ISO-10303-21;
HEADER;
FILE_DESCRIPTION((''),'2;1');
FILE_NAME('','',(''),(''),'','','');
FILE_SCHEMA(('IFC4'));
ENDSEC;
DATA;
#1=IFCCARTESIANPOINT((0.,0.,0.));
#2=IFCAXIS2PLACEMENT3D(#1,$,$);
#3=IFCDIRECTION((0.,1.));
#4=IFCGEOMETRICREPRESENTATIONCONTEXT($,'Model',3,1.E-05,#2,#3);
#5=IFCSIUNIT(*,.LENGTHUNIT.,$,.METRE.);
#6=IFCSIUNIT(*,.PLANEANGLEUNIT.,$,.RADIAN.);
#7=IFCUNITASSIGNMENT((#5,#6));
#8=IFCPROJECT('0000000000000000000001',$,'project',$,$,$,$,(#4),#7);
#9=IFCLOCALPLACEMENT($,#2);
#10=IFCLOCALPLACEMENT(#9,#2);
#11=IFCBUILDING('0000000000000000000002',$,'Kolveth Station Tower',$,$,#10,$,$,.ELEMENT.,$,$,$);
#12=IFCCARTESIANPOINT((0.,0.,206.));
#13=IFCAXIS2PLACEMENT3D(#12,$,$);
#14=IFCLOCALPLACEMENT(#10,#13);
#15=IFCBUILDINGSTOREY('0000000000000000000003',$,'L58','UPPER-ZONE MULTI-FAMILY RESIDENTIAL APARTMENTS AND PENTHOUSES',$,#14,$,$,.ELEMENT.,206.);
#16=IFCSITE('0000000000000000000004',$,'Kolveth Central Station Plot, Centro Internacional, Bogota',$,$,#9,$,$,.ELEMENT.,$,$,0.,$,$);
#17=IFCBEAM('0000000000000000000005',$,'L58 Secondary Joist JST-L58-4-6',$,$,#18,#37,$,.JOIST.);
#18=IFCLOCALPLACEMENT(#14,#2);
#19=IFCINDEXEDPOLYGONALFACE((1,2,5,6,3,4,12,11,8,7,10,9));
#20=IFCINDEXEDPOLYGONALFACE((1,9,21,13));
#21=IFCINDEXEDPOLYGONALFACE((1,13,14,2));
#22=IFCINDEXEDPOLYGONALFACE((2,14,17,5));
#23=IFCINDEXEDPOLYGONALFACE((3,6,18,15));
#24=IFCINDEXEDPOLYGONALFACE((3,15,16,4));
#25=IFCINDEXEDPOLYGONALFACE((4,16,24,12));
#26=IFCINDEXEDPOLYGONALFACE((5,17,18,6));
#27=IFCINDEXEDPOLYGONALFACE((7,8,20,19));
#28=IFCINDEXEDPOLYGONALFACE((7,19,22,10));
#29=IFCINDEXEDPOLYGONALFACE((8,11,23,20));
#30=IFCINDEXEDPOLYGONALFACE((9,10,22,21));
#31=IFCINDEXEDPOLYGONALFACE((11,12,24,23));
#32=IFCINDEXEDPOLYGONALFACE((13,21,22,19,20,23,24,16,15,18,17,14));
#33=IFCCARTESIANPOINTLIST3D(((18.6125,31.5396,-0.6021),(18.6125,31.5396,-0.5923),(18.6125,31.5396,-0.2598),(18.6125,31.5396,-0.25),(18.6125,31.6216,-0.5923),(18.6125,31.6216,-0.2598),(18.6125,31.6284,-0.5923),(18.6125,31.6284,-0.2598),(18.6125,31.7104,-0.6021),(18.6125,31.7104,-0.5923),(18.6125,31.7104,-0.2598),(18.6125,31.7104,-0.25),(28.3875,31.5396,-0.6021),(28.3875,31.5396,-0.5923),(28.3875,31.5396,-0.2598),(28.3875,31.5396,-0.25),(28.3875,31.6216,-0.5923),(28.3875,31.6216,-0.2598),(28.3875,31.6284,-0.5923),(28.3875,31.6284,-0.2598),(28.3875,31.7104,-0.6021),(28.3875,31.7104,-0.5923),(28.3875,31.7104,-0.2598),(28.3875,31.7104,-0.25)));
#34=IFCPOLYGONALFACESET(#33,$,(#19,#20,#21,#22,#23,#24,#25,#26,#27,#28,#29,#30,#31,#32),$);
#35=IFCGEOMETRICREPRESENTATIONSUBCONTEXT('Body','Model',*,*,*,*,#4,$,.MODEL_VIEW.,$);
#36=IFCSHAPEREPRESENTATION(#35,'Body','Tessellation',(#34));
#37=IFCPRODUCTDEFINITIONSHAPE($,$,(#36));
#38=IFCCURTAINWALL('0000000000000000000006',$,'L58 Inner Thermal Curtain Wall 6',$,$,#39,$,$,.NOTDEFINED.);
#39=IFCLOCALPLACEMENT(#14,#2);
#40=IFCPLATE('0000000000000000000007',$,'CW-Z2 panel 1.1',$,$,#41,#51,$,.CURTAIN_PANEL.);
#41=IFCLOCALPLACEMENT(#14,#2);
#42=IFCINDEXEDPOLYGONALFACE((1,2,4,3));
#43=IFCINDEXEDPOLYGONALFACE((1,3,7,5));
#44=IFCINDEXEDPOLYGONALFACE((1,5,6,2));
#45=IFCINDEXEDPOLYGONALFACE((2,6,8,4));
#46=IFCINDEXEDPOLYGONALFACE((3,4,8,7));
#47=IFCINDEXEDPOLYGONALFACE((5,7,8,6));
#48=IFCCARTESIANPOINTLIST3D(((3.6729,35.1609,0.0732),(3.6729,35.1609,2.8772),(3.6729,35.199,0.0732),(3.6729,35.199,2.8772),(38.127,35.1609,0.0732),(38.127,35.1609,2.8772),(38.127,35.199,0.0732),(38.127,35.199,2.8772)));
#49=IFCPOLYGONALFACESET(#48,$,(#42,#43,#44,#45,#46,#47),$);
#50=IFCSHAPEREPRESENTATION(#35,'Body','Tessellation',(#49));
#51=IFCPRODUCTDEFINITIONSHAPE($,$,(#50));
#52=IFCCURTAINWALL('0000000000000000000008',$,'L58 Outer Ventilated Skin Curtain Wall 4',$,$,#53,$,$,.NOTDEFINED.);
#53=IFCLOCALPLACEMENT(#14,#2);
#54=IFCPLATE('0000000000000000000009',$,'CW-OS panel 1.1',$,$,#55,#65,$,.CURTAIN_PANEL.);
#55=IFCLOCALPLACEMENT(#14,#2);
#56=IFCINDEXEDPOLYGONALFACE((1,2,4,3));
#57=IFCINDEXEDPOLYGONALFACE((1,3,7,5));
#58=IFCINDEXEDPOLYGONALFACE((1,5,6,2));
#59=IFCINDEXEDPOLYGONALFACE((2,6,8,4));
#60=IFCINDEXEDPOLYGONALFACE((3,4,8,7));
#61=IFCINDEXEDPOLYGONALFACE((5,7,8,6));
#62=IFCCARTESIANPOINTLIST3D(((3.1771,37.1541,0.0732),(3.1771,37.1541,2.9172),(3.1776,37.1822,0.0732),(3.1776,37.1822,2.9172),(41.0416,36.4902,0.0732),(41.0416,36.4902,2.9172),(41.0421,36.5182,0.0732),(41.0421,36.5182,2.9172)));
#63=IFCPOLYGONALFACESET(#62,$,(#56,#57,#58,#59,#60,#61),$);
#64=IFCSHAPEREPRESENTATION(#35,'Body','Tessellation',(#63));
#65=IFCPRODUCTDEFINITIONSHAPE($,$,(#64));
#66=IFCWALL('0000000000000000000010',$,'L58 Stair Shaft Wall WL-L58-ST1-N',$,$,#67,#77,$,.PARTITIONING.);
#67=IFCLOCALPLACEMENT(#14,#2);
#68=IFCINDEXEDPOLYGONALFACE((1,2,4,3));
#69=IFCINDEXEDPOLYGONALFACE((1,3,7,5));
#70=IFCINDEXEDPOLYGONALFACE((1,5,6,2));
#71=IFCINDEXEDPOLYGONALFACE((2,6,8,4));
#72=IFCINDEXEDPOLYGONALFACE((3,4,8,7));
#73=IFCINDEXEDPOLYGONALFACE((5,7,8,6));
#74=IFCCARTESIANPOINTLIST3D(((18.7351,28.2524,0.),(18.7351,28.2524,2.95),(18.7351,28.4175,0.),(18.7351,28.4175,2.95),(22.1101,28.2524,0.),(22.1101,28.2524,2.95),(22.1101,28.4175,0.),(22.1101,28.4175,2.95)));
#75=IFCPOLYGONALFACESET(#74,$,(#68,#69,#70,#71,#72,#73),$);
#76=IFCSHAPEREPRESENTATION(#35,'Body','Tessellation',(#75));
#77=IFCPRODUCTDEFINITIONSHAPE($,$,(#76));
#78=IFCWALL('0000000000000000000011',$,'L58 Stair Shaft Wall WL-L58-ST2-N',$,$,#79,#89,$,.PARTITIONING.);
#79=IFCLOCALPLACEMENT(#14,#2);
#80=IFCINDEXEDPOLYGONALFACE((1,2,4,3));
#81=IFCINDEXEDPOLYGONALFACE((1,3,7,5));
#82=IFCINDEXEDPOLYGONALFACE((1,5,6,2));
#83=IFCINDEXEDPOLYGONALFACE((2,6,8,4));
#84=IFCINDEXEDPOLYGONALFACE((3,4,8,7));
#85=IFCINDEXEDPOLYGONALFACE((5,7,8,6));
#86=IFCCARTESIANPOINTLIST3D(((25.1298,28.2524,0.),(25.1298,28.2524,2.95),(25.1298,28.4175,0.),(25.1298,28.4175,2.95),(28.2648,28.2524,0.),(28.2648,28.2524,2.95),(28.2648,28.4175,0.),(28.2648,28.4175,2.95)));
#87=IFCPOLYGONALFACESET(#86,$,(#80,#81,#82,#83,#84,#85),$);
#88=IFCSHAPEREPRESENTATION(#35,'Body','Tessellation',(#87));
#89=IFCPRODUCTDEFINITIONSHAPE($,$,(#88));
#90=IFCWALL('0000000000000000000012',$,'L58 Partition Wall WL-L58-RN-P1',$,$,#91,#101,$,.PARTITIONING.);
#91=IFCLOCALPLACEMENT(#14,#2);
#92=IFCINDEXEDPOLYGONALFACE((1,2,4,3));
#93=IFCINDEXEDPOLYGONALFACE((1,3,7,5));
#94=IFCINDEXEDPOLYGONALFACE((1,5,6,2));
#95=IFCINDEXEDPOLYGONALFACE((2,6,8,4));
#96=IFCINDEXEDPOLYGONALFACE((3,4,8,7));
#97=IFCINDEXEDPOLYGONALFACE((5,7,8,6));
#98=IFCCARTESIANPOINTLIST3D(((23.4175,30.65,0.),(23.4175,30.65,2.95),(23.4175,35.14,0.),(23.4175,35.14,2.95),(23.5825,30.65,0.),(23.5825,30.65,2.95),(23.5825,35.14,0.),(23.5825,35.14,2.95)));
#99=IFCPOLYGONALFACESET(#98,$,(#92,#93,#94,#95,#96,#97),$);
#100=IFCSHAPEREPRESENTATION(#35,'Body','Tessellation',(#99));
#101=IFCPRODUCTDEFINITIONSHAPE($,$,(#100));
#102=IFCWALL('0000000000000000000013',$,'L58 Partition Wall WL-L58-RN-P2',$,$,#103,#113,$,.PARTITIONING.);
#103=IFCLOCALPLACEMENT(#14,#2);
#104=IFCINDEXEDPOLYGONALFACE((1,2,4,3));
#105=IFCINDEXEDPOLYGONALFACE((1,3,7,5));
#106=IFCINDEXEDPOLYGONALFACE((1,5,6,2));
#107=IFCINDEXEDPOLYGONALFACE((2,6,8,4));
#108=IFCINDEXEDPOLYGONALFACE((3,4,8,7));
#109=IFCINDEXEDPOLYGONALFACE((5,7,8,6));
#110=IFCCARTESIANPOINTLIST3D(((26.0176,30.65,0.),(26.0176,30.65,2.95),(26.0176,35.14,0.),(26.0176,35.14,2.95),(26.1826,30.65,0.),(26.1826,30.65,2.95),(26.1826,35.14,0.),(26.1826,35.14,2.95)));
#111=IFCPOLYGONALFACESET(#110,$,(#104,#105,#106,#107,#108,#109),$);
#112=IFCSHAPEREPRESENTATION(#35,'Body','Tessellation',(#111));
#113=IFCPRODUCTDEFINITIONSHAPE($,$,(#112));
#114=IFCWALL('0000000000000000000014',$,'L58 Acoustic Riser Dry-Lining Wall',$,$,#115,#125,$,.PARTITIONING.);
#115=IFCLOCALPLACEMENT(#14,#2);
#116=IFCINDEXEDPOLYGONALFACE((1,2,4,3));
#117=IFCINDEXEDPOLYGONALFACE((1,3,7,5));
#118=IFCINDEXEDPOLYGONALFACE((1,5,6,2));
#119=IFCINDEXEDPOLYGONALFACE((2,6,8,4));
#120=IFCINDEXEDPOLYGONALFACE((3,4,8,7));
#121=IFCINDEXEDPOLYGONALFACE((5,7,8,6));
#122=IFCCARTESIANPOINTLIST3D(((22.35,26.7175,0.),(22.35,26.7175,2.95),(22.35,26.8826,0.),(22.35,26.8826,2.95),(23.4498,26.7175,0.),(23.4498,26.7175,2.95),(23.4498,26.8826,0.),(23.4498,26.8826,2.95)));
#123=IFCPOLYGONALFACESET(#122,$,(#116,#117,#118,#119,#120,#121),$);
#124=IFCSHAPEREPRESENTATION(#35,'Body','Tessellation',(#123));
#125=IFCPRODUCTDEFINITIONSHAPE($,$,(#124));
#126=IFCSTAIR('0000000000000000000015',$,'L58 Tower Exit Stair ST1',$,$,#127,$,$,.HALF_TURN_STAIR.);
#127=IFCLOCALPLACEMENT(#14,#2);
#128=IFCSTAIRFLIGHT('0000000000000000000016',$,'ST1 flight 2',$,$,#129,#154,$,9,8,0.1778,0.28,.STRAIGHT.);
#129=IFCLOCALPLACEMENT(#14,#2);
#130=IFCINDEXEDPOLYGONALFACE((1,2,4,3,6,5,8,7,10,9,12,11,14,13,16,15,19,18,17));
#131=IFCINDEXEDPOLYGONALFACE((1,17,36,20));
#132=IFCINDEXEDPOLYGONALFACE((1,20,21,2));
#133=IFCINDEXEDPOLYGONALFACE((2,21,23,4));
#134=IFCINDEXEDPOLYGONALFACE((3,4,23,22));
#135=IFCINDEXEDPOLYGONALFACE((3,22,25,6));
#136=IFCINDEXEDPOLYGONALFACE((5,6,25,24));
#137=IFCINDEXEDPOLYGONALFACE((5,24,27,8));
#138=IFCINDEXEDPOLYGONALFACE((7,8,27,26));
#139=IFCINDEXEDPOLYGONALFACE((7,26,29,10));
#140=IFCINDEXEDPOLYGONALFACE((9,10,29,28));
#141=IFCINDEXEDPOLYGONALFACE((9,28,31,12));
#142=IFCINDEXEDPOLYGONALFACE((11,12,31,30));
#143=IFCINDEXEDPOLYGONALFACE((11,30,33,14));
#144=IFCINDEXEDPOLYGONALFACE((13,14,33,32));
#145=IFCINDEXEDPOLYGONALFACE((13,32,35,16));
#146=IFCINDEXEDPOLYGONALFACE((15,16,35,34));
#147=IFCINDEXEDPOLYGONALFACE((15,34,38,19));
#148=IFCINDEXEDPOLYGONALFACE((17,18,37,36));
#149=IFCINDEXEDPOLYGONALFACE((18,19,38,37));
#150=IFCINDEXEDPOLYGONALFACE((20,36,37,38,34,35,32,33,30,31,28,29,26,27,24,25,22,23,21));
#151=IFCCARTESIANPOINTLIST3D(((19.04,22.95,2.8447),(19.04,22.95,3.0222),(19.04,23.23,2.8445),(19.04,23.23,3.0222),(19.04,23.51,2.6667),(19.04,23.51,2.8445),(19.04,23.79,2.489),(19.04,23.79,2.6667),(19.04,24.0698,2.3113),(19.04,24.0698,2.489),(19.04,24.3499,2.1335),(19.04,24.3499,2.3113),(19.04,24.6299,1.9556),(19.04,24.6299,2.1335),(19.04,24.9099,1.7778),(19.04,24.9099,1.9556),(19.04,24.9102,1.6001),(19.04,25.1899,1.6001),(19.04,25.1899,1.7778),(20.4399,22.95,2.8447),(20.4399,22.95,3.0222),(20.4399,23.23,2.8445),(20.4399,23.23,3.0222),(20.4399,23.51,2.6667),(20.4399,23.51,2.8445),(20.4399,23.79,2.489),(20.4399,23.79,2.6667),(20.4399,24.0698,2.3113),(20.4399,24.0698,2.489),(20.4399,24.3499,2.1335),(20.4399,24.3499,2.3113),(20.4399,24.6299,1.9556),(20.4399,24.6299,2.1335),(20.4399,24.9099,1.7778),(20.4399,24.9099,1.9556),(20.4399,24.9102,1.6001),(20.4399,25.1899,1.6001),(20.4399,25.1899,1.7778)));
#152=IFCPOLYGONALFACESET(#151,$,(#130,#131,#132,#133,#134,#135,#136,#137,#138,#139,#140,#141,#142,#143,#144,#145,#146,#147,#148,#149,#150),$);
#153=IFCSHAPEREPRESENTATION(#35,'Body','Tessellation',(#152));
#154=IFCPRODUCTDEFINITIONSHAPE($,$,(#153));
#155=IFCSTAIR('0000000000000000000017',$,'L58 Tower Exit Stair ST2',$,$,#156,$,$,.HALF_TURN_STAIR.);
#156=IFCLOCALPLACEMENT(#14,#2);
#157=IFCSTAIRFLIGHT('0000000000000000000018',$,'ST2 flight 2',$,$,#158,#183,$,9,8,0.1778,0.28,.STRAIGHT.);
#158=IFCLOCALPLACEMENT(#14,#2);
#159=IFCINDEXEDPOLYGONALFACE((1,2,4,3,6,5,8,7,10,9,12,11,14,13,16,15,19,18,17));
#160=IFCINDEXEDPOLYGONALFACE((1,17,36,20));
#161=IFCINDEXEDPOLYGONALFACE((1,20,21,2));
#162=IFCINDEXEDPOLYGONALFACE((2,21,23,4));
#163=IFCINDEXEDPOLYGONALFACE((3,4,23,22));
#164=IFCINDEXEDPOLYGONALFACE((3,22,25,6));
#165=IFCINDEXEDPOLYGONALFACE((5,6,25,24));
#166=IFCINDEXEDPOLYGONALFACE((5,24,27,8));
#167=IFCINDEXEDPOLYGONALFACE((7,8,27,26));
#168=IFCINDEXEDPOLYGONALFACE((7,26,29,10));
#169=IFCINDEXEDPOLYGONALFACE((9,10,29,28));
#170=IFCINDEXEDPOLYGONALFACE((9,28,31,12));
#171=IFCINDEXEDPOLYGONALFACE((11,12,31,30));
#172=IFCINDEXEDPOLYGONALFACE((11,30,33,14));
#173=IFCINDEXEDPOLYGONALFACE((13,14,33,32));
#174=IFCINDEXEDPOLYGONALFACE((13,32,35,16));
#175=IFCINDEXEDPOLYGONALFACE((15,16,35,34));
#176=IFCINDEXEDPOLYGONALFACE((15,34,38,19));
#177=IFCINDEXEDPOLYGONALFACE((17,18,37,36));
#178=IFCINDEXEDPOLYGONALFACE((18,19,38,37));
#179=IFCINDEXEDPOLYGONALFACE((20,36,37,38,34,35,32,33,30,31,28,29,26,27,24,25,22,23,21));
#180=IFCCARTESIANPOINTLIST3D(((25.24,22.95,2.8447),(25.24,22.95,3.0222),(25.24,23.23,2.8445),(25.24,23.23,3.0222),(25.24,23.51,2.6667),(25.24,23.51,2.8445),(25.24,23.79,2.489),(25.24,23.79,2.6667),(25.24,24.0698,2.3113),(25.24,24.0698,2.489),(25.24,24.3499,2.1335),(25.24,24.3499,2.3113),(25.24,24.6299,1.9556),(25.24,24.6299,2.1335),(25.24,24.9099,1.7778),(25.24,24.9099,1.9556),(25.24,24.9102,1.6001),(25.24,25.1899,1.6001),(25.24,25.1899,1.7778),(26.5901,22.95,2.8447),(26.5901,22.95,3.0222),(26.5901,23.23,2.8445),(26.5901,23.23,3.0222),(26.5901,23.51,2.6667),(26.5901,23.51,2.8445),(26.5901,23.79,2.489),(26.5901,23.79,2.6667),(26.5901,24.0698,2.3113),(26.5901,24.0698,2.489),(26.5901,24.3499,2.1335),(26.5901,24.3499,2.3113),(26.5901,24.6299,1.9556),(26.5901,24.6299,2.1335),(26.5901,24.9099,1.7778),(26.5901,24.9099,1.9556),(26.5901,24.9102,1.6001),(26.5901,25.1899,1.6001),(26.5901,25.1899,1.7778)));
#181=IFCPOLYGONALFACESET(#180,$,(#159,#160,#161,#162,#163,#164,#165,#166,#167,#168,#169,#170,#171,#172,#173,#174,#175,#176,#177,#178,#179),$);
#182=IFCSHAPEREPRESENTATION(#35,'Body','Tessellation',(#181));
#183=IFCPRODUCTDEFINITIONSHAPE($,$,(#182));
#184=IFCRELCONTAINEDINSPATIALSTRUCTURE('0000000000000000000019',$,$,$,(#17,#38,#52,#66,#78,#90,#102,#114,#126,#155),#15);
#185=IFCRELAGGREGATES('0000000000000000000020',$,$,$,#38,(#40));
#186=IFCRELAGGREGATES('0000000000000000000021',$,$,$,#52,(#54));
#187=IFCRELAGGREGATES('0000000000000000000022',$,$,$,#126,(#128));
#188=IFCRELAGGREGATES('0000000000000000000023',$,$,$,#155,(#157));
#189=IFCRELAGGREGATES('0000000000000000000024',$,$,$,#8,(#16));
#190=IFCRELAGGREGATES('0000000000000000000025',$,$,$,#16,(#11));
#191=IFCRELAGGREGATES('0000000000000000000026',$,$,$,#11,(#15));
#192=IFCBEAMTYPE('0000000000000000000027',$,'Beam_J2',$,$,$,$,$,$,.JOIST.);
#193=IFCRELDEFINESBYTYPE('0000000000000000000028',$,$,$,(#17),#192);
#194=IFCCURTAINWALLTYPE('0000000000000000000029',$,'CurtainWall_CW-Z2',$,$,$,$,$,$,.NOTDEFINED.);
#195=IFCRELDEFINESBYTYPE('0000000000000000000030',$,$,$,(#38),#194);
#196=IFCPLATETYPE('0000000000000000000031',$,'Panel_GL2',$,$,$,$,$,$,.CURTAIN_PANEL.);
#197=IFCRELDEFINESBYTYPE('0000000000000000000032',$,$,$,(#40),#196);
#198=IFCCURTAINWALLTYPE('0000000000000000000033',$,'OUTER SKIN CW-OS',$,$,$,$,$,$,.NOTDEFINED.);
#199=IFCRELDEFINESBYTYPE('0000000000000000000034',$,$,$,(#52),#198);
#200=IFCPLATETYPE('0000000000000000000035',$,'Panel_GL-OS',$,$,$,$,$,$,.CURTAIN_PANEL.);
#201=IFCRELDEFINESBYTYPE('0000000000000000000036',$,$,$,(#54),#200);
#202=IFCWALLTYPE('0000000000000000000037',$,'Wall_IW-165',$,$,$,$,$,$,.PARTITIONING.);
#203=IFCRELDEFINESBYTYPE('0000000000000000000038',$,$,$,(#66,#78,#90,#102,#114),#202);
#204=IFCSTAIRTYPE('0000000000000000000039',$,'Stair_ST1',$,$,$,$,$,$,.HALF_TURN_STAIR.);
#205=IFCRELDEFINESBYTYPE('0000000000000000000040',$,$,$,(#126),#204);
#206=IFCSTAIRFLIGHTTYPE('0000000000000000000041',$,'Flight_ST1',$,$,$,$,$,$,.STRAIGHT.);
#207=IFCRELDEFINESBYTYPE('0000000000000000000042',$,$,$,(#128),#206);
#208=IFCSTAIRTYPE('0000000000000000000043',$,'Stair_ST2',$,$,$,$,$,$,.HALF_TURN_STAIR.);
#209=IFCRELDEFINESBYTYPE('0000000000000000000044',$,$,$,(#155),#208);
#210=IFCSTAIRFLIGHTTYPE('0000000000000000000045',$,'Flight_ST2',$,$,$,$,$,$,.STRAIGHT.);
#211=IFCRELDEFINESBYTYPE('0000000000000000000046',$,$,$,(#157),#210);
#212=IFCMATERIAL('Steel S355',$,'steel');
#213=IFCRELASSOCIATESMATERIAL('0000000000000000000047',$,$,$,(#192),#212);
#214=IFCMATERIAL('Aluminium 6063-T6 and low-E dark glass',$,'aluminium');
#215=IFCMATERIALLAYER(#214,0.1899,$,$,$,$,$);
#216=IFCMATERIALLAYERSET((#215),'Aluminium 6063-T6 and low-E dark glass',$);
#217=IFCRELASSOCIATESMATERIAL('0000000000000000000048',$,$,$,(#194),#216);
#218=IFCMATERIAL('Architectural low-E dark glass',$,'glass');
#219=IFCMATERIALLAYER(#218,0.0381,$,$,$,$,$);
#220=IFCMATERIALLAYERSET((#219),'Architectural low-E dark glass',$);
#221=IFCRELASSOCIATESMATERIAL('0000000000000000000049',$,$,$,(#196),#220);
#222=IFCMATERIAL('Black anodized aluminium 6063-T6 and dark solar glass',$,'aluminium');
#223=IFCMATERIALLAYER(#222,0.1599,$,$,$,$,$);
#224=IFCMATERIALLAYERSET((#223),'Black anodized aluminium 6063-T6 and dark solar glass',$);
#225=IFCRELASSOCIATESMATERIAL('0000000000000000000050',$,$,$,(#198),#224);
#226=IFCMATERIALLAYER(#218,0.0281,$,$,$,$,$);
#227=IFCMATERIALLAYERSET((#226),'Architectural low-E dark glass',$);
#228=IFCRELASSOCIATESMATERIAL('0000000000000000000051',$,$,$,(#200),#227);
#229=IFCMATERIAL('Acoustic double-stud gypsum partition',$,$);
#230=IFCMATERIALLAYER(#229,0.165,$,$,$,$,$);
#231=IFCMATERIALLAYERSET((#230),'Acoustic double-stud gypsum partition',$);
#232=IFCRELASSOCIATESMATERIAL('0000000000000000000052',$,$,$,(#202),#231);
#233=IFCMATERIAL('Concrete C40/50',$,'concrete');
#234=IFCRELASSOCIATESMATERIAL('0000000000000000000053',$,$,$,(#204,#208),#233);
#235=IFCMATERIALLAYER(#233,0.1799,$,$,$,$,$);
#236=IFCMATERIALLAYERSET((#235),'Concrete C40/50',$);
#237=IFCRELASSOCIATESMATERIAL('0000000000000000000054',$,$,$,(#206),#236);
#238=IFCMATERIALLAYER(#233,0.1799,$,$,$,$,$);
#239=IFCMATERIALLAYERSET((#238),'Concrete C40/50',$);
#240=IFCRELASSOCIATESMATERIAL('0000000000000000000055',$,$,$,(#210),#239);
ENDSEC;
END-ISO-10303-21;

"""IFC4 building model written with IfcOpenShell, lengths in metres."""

from ifc_helpers import new_model, si_unit, direction, frame, frame_2d, origin, origin_2d, place, context, subcontext, project, spatial, polyline, rectangle, i_section, outline, extrude, source, transform, mapped, material, layer, layer_set, material_profile, profile_set, type_object, element, aggregate, save


model = new_model("IFC4")

# Units and contexts
model_context = context("Model", 3, precision=1e-05, world=origin(), true_north=direction((0.0, 1.0)))
body_context = subcontext(model_context, "Body", "Model", "MODEL_VIEW")
ifc_project = project(units=[si_unit("LENGTHUNIT", "METRE"), si_unit("PLANEANGLEUNIT", "RADIAN")], contexts=[model_context])

# Site, building, storey
site_placement = place(None, origin())
site = spatial("IfcSite", under=ifc_project, at=site_placement, Name="Kolveth Central Station Plot, Centro Internacional, Bogota", CompositionType="ELEMENT", RefElevation=0.0)
building_placement = place(site_placement, origin())
building = spatial("IfcBuilding", under=site, at=building_placement, Name="Kolveth Station Tower", CompositionType="ELEMENT")
storey_placement = place(building_placement, frame((0.0, 0.0, 206.0)))
storey = spatial("IfcBuildingStorey", under=building, at=storey_placement, Name="L58", Description="UPPER-ZONE MULTI-FAMILY RESIDENTIAL APARTMENTS AND PENTHOUSES", CompositionType="ELEMENT", Elevation=206.0)

# Shared definitions
ifc_material_1 = material(Name="Steel S355", Category="steel")

# Beam
ifc_material_profile_1 = material_profile(ifc_material_1, i_section(OverallWidth=0.1709, OverallDepth=0.3521, WebThickness=0.0068, FlangeThickness=0.0098, at=origin_2d()), Name="W360x44")
ifc_profile_set_1 = profile_set([ifc_material_profile_1], Name="Steel S355")
beam_type_1 = type_object("IfcBeamType", Name="Beam_J2", PredefinedType="JOIST", material=ifc_profile_set_1)
shared_shape_1 = source(origin(), body_context, "Body", "SweptSolid", [
    extrude(i_section(OverallWidth=0.1709, OverallDepth=0.3521, WebThickness=0.0068, FlangeThickness=0.0098, at=origin_2d()), origin(), (0.0, 0.0, 1.0), 9.7749),
])
beam_1_placement = place(storey_placement, frame((18.6125, 31.625, -0.426), z_axis=(1.0, 0.0, 0.0), x_axis=(0.0, 1.0, 0.0)))
element("IfcBeam", 1, at=beam_1_placement, inside=storey, type_object=beam_type_1, Name="L58 Secondary Joist JST-L58-4-6", PredefinedType="JOIST", context=body_context, shape_type="MappedRepresentation", body=[
    mapped(shared_shape_1, transform((0.0, 0.0, 0.0), x_axis=(1.0, 0.0, 0.0), y_axis=(0.0, 1.0, 0.0), z_axis=(0.0, 0.0, 1.0), scale=1.0)),
])

# Curtain walls, plates
ifc_material_2 = material(Name="Aluminium 6063-T6 and low-E dark glass", Category="aluminium")
ifc_layer_1 = layer(ifc_material_2, 0.1899)
ifc_layer_set_1 = layer_set([ifc_layer_1], Name="Aluminium 6063-T6 and low-E dark glass")
curtain_wall_type_1 = type_object("IfcCurtainWallType", Name="CurtainWall_CW-Z2", PredefinedType="NOTDEFINED", material=ifc_layer_set_1)
curtain_wall_1_placement = place(storey_placement, origin())
curtain_wall_1 = element("IfcCurtainWall", 2, at=curtain_wall_1_placement, inside=storey, type_object=curtain_wall_type_1, Name="L58 Inner Thermal Curtain Wall 6", PredefinedType="NOTDEFINED")
ifc_material_3 = material(Name="Architectural low-E dark glass", Category="glass")
ifc_layer_2 = layer(ifc_material_3, 0.0381)
ifc_layer_set_2 = layer_set([ifc_layer_2], Name="Architectural low-E dark glass")
plate_type_1 = type_object("IfcPlateType", Name="Panel_GL2", PredefinedType="CURTAIN_PANEL", material=ifc_layer_set_2)
shared_shape_2 = source(origin(), body_context, "Body", "SweptSolid", [
    extrude(rectangle(XDim=34.4541, YDim=0.0381, at=origin_2d()), origin(), (0.0, 0.0, 1.0), 2.804),
])
plate_1_placement = place(storey_placement, frame((20.8999, 35.1799, 0.0732), z_axis=(0.0, 0.0, 1.0), x_axis=(-1.0, 0.0, 0.0)))
plate_1 = element("IfcPlate", 3, at=plate_1_placement, type_object=plate_type_1, Name="CW-Z2 panel 1.1", PredefinedType="CURTAIN_PANEL", context=body_context, shape_type="MappedRepresentation", body=[
    mapped(shared_shape_2, transform((0.0, 0.0, 0.0), x_axis=(1.0, 0.0, 0.0), y_axis=(0.0, 1.0, 0.0), z_axis=(0.0, 0.0, 1.0), scale=1.0)),
])
aggregate(curtain_wall_1, [plate_1])
ifc_material_4 = material(Name="Black anodized aluminium 6063-T6 and dark solar glass", Category="aluminium")
ifc_layer_3 = layer(ifc_material_4, 0.1599)
ifc_layer_set_3 = layer_set([ifc_layer_3], Name="Black anodized aluminium 6063-T6 and dark solar glass")
curtain_wall_type_2 = type_object("IfcCurtainWallType", Name="OUTER SKIN CW-OS", PredefinedType="NOTDEFINED", material=ifc_layer_set_3)
curtain_wall_2_placement = place(storey_placement, origin())
curtain_wall_2 = element("IfcCurtainWall", 4, at=curtain_wall_2_placement, inside=storey, type_object=curtain_wall_type_2, Name="L58 Outer Ventilated Skin Curtain Wall 4", PredefinedType="NOTDEFINED")
ifc_layer_4 = layer(ifc_material_3, 0.0281)
ifc_layer_set_4 = layer_set([ifc_layer_4], Name="Architectural low-E dark glass")
plate_type_2 = type_object("IfcPlateType", Name="Panel_GL-OS", PredefinedType="CURTAIN_PANEL", material=ifc_layer_set_4)
shared_shape_3 = source(origin(), body_context, "Body", "SweptSolid", [
    extrude(rectangle(XDim=37.8704, YDim=0.0281, at=origin_2d()), origin(), (0.0, 0.0, 1.0), 2.844),
])
plate_2_placement = place(storey_placement, frame((22.1096, 36.8362, 0.0732), z_axis=(0.0, 0.0, 1.0), x_axis=(-0.999846, 0.017533, 0.0)))
plate_2 = element("IfcPlate", 5, at=plate_2_placement, type_object=plate_type_2, Name="CW-OS panel 1.1", PredefinedType="CURTAIN_PANEL", context=body_context, shape_type="MappedRepresentation", body=[
    mapped(shared_shape_3, transform((0.0, 0.0, 0.0), x_axis=(1.0, 0.0, 0.0), y_axis=(0.0, 1.0, 0.0), z_axis=(0.0, 0.0, 1.0), scale=1.0)),
])
aggregate(curtain_wall_2, [plate_2])

# Walls
ifc_material_5 = material(Name="Acoustic double-stud gypsum partition")
ifc_layer_5 = layer(ifc_material_5, 0.165)
ifc_layer_set_5 = layer_set([ifc_layer_5], Name="Acoustic double-stud gypsum partition")
wall_type = type_object("IfcWallType", Name="Wall_IW-165", PredefinedType="PARTITIONING", material=ifc_layer_set_5)
wall_1_placement = place(storey_placement, frame((18.7351, 28.335, 0.0), z_axis=(0.0, 0.0, 1.0), x_axis=(1.0, 0.0, 0.0)))
element("IfcWall", 6, at=wall_1_placement, inside=storey, type_object=wall_type, Name="L58 Stair Shaft Wall WL-L58-ST1-N", PredefinedType="PARTITIONING", context=body_context, shape_type="SweptSolid", body=[
    extrude(rectangle(XDim=3.375, YDim=0.165, at=frame_2d((1.6875, 0.0))), origin(), (0.0, 0.0, 1.0), 2.95),
])
wall_2_placement = place(storey_placement, frame((25.1299, 28.335, 0.0), z_axis=(0.0, 0.0, 1.0), x_axis=(1.0, 0.0, 0.0)))
element("IfcWall", 7, at=wall_2_placement, inside=storey, type_object=wall_type, Name="L58 Stair Shaft Wall WL-L58-ST2-N", PredefinedType="PARTITIONING", context=body_context, shape_type="SweptSolid", body=[
    extrude(rectangle(XDim=3.135, YDim=0.165, at=frame_2d((1.5674, 0.0))), origin(), (0.0, 0.0, 1.0), 2.95),
])
for number, where, z_axis, x_axis, name in (
    (8, (23.5, 30.6499, 0.0), (0.0, 0.0, 1.0), (0.0, 1.0, 0.0), "L58 Partition Wall WL-L58-RN-P1"),
    (9, (26.1001, 30.6499, 0.0), (0.0, 0.0, 1.0), (0.0, 1.0, 0.0), "L58 Partition Wall WL-L58-RN-P2"),
):
    element("IfcWall", number, at=place(storey_placement, frame(where, z_axis=z_axis, x_axis=x_axis)), inside=storey, type_object=wall_type, Name=name, PredefinedType="PARTITIONING", context=body_context, shape_type="SweptSolid", body=[
        extrude(rectangle(XDim=4.49, YDim=0.165, at=frame_2d((2.2451, 0.0))), origin(), (0.0, 0.0, 1.0), 2.95),
    ])
wall_3_placement = place(storey_placement, frame((22.3501, 26.8, 0.0), z_axis=(0.0, 0.0, 1.0), x_axis=(1.0, 0.0, 0.0)))
element("IfcWall", 10, at=wall_3_placement, inside=storey, type_object=wall_type, Name="L58 Acoustic Riser Dry-Lining Wall", PredefinedType="PARTITIONING", context=body_context, shape_type="SweptSolid", body=[
    extrude(rectangle(XDim=1.0999, YDim=0.165, at=frame_2d((0.5498, 0.0))), origin(), (0.0, 0.0, 1.0), 2.95),
])

# Stairs, stair flights
ifc_material_6 = material(Name="Concrete C40/50", Category="concrete")
stair_type_1 = type_object("IfcStairType", Name="Stair_ST1", PredefinedType="HALF_TURN_STAIR", material=ifc_material_6)
stair_1_placement = place(storey_placement, origin())
stair_1 = element("IfcStair", 11, at=stair_1_placement, inside=storey, type_object=stair_type_1, Name="L58 Tower Exit Stair ST1", PredefinedType="HALF_TURN_STAIR")
ifc_layer_6 = layer(ifc_material_6, 0.1799)
ifc_layer_set_6 = layer_set([ifc_layer_6], Name="Concrete C40/50")
stair_flight_type_1 = type_object("IfcStairFlightType", Name="Flight_ST1", PredefinedType="STRAIGHT", material=ifc_layer_set_6)
stair_flight_1_placement = place(storey_placement, frame((19.74, 25.1899, 1.6001), z_axis=(0.0, 0.0, 1.0), x_axis=(0.0, -1.0, 0.0)))
stair_flight_1 = element("IfcStairFlight", 12, at=stair_flight_1_placement, type_object=stair_flight_type_1, Name="ST1 flight 2", NumberOfRisers=9, NumberOfTreads=8, PredefinedType="STRAIGHT", RiserHeight=0.1778, TreadLength=0.28, context=body_context, shape_type="SweptSolid", body=[
    extrude(outline(polyline([(0.0, 0.0), (0.0, 0.1777), (0.28, 0.1777), (0.28, 0.3555), (0.5601, 0.3555), (0.5601, 0.5334), (0.8401, 0.5334), (0.8401, 0.7112), (1.1201, 0.7112), (1.1201, 0.8889), (1.3999, 0.8889), (1.3999, 1.0667), (1.6799, 1.0667), (1.6799, 1.2444), (1.96, 1.2444), (1.96, 1.4221), (2.24, 1.4221), (2.24, 1.6001), (2.24, 1.2446), (0.2798, 0.0), (0.0, 0.0)])), frame((0.0, 0.7, 0.0), z_axis=(0.0, -1.0, 0.0), x_axis=(1.0, 0.0, 0.0)), (0.0, 0.0, 1.0), 1.3999),
])
aggregate(stair_1, [stair_flight_1])
stair_type_2 = type_object("IfcStairType", Name="Stair_ST2", PredefinedType="HALF_TURN_STAIR", material=ifc_material_6)
stair_2_placement = place(storey_placement, origin())
stair_2 = element("IfcStair", 13, at=stair_2_placement, inside=storey, type_object=stair_type_2, Name="L58 Tower Exit Stair ST2", PredefinedType="HALF_TURN_STAIR")
ifc_layer_7 = layer(ifc_material_6, 0.1799)
ifc_layer_set_7 = layer_set([ifc_layer_7], Name="Concrete C40/50")
stair_flight_type_2 = type_object("IfcStairFlightType", Name="Flight_ST2", PredefinedType="STRAIGHT", material=ifc_layer_set_7)
stair_flight_2_placement = place(storey_placement, frame((25.915, 25.1899, 1.6001), z_axis=(0.0, 0.0, 1.0), x_axis=(0.0, -1.0, 0.0)))
stair_flight_2 = element("IfcStairFlight", 14, at=stair_flight_2_placement, type_object=stair_flight_type_2, Name="ST2 flight 2", NumberOfRisers=9, NumberOfTreads=8, PredefinedType="STRAIGHT", RiserHeight=0.1778, TreadLength=0.28, context=body_context, shape_type="SweptSolid", body=[
    extrude(outline(polyline([(0.0, 0.0), (0.0, 0.1777), (0.28, 0.1777), (0.28, 0.3555), (0.5601, 0.3555), (0.5601, 0.5334), (0.8401, 0.5334), (0.8401, 0.7112), (1.1201, 0.7112), (1.1201, 0.8889), (1.3999, 0.8889), (1.3999, 1.0667), (1.6799, 1.0667), (1.6799, 1.2444), (1.96, 1.2444), (1.96, 1.4221), (2.24, 1.4221), (2.24, 1.6001), (2.24, 1.2446), (0.2798, 0.0), (0.0, 0.0)])), frame((0.0, 0.675, 0.0), z_axis=(0.0, -1.0, 0.0), x_axis=(1.0, 0.0, 0.0)), (0.0, 0.0, 1.0), 1.3501),
])
aggregate(stair_2, [stair_flight_2])

save(model, "model.ifc")
